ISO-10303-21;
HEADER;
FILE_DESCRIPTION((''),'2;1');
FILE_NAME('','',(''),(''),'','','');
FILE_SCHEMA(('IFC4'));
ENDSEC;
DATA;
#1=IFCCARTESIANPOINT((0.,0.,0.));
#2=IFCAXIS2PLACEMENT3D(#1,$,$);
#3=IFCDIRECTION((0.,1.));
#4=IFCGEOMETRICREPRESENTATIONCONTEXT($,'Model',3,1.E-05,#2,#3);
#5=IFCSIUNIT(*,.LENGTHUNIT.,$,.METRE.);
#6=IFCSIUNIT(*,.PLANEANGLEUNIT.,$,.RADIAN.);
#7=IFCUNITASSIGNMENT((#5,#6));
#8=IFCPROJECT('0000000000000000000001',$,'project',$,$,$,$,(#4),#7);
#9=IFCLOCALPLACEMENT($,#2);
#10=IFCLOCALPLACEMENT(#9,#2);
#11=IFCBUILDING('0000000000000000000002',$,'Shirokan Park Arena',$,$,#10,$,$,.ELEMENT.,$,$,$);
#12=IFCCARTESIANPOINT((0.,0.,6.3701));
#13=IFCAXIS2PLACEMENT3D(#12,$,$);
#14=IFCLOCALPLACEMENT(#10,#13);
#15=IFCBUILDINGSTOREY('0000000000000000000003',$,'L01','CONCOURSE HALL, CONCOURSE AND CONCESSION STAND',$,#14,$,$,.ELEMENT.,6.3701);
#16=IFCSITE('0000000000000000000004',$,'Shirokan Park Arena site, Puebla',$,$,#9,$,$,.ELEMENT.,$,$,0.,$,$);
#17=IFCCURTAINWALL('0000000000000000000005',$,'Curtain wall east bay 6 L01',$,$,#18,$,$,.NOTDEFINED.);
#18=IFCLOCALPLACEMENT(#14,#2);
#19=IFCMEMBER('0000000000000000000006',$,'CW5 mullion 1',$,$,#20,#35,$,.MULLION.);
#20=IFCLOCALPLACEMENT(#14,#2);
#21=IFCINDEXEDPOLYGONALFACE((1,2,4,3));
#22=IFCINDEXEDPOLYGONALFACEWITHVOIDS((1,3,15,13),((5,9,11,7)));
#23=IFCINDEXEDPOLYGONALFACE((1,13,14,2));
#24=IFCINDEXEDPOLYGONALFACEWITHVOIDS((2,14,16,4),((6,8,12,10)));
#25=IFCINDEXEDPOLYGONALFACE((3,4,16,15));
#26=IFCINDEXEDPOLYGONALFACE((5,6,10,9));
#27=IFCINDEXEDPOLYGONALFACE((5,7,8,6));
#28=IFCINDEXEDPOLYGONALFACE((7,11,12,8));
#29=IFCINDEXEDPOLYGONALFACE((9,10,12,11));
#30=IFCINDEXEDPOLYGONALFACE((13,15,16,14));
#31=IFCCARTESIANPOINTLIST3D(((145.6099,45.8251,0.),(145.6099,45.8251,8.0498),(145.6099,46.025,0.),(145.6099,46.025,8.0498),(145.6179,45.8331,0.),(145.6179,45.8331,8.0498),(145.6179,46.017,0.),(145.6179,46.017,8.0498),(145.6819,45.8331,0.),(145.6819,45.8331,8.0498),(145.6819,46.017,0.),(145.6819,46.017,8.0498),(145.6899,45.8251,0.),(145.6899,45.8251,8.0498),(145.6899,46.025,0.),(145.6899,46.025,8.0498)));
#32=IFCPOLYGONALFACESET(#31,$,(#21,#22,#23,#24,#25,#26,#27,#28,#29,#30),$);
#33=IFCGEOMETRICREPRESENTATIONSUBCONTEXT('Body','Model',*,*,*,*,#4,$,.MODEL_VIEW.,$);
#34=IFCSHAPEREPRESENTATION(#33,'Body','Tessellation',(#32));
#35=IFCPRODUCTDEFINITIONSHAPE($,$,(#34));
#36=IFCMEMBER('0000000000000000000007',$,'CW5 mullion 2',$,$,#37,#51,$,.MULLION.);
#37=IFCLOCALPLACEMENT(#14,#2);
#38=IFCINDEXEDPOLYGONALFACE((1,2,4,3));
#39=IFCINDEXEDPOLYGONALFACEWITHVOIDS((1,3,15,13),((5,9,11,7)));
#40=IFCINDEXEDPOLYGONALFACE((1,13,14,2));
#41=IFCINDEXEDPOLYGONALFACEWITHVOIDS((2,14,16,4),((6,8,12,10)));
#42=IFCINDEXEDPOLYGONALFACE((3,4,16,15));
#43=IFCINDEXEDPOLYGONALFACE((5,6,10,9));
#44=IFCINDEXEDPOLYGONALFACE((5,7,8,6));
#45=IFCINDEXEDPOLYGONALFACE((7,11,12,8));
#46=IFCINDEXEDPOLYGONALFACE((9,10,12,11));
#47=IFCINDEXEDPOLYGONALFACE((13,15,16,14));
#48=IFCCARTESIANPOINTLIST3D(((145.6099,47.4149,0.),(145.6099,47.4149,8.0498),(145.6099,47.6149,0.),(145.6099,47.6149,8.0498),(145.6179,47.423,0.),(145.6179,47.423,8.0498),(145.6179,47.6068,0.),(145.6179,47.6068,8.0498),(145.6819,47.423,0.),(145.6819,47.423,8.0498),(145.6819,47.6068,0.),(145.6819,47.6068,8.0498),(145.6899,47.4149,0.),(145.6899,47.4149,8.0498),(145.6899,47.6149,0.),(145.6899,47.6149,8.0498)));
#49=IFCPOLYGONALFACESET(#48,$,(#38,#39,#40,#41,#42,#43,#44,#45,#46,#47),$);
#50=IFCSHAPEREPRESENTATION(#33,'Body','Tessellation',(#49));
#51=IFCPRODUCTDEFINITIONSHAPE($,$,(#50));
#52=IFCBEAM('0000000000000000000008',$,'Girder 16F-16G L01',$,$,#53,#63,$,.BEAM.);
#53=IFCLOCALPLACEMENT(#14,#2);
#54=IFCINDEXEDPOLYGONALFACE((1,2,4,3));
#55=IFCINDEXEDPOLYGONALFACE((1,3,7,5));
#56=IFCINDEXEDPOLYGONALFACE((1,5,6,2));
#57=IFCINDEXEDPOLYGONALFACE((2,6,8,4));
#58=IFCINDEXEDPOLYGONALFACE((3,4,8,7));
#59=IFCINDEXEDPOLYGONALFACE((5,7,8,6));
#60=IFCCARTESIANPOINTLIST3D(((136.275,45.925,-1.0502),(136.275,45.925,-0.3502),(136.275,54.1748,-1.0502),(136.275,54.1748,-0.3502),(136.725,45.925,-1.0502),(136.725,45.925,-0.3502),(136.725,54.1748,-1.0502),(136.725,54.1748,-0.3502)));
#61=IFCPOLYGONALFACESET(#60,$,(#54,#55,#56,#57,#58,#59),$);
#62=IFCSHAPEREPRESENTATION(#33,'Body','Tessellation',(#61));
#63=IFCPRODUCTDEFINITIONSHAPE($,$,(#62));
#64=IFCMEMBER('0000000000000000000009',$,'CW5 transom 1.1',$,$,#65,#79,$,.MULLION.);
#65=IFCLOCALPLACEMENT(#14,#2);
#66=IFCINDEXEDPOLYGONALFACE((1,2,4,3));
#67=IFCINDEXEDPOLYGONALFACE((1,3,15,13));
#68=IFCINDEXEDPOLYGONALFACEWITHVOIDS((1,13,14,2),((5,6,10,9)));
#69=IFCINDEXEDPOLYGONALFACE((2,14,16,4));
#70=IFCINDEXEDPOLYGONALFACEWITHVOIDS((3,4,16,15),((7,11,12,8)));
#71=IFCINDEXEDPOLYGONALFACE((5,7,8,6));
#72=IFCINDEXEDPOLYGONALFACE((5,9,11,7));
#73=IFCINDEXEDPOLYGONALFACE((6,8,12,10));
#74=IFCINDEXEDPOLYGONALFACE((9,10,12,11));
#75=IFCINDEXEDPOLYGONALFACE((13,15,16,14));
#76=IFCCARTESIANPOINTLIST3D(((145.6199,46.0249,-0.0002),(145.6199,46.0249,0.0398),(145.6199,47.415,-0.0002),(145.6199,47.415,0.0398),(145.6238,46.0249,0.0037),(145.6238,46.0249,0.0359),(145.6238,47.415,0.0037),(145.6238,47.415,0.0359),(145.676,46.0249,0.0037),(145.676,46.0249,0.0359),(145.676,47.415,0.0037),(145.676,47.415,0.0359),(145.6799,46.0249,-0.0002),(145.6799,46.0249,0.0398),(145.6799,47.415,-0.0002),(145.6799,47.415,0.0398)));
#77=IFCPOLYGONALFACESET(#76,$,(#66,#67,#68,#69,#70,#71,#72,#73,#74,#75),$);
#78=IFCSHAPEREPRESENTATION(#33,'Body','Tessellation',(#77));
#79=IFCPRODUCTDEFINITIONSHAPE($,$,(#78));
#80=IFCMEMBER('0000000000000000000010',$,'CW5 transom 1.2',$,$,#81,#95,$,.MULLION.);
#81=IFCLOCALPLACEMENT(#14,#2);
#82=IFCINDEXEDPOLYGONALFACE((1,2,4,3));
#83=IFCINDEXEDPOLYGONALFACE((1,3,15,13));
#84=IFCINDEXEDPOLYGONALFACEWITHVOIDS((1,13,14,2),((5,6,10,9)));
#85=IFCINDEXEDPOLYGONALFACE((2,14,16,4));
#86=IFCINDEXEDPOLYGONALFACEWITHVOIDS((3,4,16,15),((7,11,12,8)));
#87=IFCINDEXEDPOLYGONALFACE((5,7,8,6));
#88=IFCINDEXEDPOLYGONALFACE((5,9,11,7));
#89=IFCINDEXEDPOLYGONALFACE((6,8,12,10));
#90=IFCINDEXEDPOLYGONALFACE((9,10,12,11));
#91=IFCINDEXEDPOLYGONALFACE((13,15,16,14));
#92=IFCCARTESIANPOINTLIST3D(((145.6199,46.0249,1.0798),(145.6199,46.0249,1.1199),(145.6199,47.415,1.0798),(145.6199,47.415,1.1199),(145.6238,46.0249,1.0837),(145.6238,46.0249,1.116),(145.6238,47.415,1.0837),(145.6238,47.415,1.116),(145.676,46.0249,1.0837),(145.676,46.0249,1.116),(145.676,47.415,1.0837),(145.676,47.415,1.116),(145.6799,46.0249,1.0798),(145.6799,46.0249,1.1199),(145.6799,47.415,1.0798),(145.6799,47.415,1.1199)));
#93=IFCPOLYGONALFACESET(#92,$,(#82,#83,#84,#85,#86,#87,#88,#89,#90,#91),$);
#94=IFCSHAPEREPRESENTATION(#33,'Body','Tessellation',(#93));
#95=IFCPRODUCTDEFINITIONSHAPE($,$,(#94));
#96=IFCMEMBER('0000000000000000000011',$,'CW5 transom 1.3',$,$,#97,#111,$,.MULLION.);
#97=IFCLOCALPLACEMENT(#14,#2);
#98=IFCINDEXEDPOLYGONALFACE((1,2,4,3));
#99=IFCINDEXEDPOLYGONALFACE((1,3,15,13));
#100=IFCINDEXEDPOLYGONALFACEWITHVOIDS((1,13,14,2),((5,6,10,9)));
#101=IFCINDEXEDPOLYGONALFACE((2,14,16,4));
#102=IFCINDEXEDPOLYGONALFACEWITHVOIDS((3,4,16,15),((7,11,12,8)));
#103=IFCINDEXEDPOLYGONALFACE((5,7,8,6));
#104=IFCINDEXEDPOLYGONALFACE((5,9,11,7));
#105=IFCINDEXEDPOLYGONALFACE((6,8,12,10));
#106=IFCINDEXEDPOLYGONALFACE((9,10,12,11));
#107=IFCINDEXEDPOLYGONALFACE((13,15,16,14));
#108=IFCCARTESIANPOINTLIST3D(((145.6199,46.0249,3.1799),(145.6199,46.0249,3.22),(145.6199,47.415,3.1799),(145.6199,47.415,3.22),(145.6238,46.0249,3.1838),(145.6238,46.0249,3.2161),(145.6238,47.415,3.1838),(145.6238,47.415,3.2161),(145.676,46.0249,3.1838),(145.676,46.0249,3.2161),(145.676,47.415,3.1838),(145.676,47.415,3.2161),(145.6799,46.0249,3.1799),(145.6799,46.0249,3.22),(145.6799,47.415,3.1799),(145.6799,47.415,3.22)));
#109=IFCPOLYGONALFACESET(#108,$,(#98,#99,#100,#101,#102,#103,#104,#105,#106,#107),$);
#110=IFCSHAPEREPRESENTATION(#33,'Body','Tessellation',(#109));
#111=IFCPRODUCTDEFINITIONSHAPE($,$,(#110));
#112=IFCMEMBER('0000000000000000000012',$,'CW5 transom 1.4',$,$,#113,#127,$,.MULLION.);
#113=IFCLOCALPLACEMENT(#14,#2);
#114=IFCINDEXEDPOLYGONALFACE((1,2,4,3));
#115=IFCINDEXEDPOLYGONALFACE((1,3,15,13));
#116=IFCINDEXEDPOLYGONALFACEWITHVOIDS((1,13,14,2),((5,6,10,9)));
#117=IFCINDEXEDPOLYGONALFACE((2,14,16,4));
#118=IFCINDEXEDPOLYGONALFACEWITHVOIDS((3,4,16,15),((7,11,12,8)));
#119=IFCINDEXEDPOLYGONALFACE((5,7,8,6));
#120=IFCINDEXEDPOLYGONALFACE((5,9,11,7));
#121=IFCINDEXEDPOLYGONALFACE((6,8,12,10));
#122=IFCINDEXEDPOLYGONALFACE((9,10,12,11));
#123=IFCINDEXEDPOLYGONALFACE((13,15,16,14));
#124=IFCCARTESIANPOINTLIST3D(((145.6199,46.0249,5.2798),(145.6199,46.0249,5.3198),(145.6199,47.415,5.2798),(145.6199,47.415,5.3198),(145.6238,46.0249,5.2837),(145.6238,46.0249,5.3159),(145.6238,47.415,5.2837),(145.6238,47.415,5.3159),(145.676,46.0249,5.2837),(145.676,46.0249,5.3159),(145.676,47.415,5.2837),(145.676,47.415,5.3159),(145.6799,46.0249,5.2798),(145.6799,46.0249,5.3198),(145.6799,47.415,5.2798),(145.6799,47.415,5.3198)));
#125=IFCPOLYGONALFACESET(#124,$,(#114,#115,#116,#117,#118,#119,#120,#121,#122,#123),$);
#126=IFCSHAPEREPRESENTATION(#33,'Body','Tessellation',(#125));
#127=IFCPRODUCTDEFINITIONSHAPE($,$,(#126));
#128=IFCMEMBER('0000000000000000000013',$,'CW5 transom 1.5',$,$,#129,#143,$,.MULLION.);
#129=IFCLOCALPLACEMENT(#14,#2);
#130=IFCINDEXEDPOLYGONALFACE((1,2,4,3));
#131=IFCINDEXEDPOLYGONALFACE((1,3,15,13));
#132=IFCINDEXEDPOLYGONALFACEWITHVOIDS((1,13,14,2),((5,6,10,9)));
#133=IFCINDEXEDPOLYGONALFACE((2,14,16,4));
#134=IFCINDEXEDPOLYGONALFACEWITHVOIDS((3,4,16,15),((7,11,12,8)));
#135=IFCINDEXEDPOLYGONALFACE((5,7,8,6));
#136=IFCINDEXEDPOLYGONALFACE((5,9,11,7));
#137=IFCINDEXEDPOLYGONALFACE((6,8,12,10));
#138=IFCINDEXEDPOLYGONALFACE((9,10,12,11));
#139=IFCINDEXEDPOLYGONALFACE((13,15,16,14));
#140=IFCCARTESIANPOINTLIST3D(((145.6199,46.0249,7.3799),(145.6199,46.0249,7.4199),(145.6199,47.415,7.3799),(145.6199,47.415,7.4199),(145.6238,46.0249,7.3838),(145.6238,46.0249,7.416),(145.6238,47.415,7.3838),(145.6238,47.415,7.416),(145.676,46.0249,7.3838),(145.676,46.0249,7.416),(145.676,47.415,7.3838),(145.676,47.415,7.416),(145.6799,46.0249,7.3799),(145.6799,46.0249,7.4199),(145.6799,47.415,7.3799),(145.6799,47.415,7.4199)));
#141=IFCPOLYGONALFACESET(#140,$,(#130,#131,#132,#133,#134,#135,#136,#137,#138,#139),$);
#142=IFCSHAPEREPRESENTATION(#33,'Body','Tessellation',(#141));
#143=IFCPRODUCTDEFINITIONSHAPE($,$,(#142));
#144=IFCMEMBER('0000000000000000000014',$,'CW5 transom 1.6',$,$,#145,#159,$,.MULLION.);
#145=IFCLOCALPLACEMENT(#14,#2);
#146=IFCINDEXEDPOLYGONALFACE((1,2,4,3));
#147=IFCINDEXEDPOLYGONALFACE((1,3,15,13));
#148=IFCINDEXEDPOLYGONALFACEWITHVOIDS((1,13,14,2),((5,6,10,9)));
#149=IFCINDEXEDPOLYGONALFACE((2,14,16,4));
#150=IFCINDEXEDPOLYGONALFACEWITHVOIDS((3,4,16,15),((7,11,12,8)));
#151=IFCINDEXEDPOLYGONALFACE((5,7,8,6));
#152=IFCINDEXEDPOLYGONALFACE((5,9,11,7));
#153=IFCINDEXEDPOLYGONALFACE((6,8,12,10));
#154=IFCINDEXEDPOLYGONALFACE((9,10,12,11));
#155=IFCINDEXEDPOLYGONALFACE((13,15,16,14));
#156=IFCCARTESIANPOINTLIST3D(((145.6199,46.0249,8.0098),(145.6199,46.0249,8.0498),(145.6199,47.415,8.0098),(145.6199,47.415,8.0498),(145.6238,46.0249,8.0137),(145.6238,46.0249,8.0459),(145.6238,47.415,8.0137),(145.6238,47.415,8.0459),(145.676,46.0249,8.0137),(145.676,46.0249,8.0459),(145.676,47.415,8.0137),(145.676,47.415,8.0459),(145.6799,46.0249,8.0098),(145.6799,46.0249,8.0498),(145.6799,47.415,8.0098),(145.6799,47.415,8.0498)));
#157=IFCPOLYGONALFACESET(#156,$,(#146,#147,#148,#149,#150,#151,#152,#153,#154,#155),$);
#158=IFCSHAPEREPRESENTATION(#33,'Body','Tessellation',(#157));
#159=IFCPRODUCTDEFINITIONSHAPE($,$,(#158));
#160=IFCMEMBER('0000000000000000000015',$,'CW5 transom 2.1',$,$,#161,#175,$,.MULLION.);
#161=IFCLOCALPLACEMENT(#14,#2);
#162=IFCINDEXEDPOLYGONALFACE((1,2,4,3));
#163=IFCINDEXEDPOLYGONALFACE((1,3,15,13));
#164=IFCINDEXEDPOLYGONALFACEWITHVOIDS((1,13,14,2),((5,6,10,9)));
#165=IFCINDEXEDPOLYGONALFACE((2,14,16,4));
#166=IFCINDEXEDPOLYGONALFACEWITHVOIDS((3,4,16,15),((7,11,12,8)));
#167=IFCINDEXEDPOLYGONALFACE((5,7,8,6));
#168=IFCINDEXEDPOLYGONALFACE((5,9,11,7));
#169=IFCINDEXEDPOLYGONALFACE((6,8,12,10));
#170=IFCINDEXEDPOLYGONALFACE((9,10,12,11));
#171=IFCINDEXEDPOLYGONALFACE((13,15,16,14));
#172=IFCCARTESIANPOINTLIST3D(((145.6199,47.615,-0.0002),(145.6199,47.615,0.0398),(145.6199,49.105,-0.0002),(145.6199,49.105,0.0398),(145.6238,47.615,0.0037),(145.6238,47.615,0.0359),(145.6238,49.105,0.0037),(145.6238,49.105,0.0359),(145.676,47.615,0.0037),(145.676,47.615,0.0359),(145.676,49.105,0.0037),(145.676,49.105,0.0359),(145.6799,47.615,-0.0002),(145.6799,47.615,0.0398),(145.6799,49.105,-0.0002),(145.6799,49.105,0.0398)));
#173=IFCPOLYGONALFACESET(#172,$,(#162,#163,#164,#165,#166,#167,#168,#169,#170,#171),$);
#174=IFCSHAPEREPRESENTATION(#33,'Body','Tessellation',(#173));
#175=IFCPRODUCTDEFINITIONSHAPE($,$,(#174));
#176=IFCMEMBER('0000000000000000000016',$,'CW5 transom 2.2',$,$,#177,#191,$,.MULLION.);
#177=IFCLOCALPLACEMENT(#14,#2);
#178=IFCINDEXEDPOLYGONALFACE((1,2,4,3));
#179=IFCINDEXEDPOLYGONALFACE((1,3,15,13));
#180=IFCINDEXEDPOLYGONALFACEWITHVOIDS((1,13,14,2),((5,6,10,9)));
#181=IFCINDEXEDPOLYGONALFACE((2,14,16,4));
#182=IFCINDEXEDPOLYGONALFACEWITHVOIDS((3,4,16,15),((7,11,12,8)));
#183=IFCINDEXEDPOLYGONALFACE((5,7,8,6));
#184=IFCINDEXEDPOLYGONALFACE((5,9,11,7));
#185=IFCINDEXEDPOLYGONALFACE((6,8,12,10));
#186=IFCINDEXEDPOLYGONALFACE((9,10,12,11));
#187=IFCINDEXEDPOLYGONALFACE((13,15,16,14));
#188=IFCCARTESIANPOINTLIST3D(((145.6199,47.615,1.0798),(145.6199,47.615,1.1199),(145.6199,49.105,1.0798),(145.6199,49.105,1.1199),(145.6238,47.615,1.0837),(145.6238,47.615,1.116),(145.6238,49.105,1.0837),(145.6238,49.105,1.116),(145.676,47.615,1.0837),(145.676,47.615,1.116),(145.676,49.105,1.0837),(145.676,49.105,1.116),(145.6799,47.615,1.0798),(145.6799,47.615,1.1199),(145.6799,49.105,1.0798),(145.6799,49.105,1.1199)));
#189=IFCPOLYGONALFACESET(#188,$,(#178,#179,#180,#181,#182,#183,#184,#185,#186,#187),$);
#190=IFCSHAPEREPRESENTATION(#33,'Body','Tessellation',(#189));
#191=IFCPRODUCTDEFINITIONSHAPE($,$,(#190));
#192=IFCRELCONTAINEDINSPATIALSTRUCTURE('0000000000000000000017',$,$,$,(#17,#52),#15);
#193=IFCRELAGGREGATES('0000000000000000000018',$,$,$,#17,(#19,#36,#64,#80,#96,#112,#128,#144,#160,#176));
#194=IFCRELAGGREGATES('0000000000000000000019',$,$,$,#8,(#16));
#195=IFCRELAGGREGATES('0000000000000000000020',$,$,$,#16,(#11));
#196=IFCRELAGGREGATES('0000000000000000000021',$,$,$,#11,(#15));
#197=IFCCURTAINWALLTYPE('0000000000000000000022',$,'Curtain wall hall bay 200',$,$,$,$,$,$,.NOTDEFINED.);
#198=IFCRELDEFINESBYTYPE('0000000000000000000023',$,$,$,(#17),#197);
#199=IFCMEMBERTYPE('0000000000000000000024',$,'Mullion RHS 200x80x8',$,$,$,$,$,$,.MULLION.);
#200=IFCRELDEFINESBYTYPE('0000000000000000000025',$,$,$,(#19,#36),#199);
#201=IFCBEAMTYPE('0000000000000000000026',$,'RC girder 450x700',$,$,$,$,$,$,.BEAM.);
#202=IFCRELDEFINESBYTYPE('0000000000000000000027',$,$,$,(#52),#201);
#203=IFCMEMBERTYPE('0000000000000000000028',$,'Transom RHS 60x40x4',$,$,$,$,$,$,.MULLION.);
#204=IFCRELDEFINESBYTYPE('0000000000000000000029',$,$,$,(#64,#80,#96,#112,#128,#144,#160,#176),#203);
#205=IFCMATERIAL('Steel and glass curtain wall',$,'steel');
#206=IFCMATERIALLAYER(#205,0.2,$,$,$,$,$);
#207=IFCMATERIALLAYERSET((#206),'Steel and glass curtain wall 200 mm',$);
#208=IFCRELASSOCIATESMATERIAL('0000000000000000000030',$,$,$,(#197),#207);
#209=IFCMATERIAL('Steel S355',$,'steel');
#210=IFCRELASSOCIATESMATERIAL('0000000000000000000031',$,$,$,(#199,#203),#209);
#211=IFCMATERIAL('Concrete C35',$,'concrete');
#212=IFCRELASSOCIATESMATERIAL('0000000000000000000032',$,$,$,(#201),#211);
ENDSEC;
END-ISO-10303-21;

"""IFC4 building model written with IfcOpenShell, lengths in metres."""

from ifc_helpers import new_model, si_unit, direction, frame, origin, origin_2d, place, context, subcontext, project, spatial, rectangle, hollow_rectangle, extrude, material, layer, layer_set, material_profile, profile_set, type_object, element, aggregate, save


model = new_model("IFC4")

# Units and contexts
model_context = context("Model", 3, precision=1e-05, world=origin(), true_north=direction((0.0, 1.0)))
body_context = subcontext(model_context, "Body", "Model", "MODEL_VIEW")
ifc_project = project(units=[si_unit("LENGTHUNIT", "METRE"), si_unit("PLANEANGLEUNIT", "RADIAN")], contexts=[model_context])

# Site, building, storey
site_placement = place(None, origin())
site = spatial("IfcSite", under=ifc_project, at=site_placement, Name="Shirokan Park Arena site, Puebla", CompositionType="ELEMENT", RefElevation=0.0)
building_placement = place(site_placement, origin())
building = spatial("IfcBuilding", under=site, at=building_placement, Name="Shirokan Park Arena", CompositionType="ELEMENT")
storey_placement = place(building_placement, frame((0.0, 0.0, 6.3701)))
storey = spatial("IfcBuildingStorey", under=building, at=storey_placement, Name="L01", Description="CONCOURSE HALL, CONCOURSE AND CONCESSION STAND", CompositionType="ELEMENT", Elevation=6.3701)

# Curtain wall, members
ifc_material_1 = material(Name="Steel and glass curtain wall", Category="steel")
ifc_layer_1 = layer(ifc_material_1, 0.2)
ifc_layer_set_1 = layer_set([ifc_layer_1], Name="Steel and glass curtain wall 200 mm")
curtain_wall_type = type_object("IfcCurtainWallType", Name="Curtain wall hall bay 200", PredefinedType="NOTDEFINED", material=ifc_layer_set_1)
curtain_wall_placement = place(storey_placement, origin())
curtain_wall = element("IfcCurtainWall", 1, at=curtain_wall_placement, inside=storey, type_object=curtain_wall_type, Name="Curtain wall east bay 6 L01", PredefinedType="NOTDEFINED")
ifc_material_2 = material(Name="Steel S355", Category="steel")
ifc_material_profile_1 = material_profile(ifc_material_2, hollow_rectangle(XDim=0.0801, YDim=0.2, WallThickness=0.0081, at=origin_2d()), Name="RHS 200x80x8")
ifc_profile_set_1 = profile_set([ifc_material_profile_1], Name="Steel S355")
member_type_1 = type_object("IfcMemberType", Name="Mullion RHS 200x80x8", PredefinedType="MULLION", material=ifc_profile_set_1)
member_1_placement = place(storey_placement, frame((145.6499, 45.925, 0.0), z_axis=(0.0, 0.0, 1.0), x_axis=(-1.0, 0.0, 0.0)))
member_1 = element("IfcMember", 2, at=member_1_placement, type_object=member_type_1, Name="CW5 mullion 1", PredefinedType="MULLION", context=body_context, shape_type="SweptSolid", body=[
    extrude(hollow_rectangle(XDim=0.0801, YDim=0.2, WallThickness=0.0081, at=origin_2d()), origin(), (0.0, 0.0, 1.0), 8.0498),
])
member_2_placement = place(storey_placement, frame((145.6499, 47.5149, 0.0), z_axis=(0.0, 0.0, 1.0), x_axis=(-1.0, 0.0, 0.0)))
member_2 = element("IfcMember", 3, at=member_2_placement, type_object=member_type_1, Name="CW5 mullion 2", PredefinedType="MULLION", context=body_context, shape_type="SweptSolid", body=[
    extrude(hollow_rectangle(XDim=0.0801, YDim=0.2, WallThickness=0.0081, at=origin_2d()), origin(), (0.0, 0.0, 1.0), 8.0498),
])

# Beam
ifc_material_3 = material(Name="Concrete C35", Category="concrete")
ifc_material_profile_2 = material_profile(ifc_material_3, rectangle(XDim=0.45, YDim=0.7, at=origin_2d()), Name="450x700")
ifc_profile_set_2 = profile_set([ifc_material_profile_2], Name="Concrete C35")
beam_type = type_object("IfcBeamType", Name="RC girder 450x700", PredefinedType="BEAM", material=ifc_profile_set_2)
beam_placement = place(storey_placement, frame((136.5, 45.925, -0.7002), z_axis=(0.0, 1.0, 0.0), x_axis=(-1.0, 0.0, 0.0)))
element("IfcBeam", 4, at=beam_placement, inside=storey, type_object=beam_type, Name="Girder 16F-16G L01", PredefinedType="BEAM", context=body_context, shape_type="SweptSolid", body=[
    extrude(rectangle(XDim=0.45, YDim=0.7, at=origin_2d()), origin(), (0.0, 0.0, 1.0), 8.2498),
])

# Members
ifc_material_profile_3 = material_profile(ifc_material_2, hollow_rectangle(XDim=0.0601, YDim=0.04, WallThickness=0.0039, at=origin_2d()), Name="RHS 60x40x4")
ifc_profile_set_3 = profile_set([ifc_material_profile_3], Name="Steel S355")
member_type_2 = type_object("IfcMemberType", Name="Transom RHS 60x40x4", PredefinedType="MULLION", material=ifc_profile_set_3)
member_3_placement = place(storey_placement, frame((145.6499, 46.0249, 0.0198), z_axis=(0.0, 1.0, 0.0), x_axis=(-1.0, 0.0, 0.0)))
member_3 = element("IfcMember", 5, at=member_3_placement, type_object=member_type_2, Name="CW5 transom 1.1", PredefinedType="MULLION", context=body_context, shape_type="SweptSolid", body=[
    extrude(hollow_rectangle(XDim=0.0601, YDim=0.04, WallThickness=0.0039, at=origin_2d()), origin(), (0.0, 0.0, 1.0), 1.3901),
])
member_4_placement = place(storey_placement, frame((145.6499, 46.0249, 1.0999), z_axis=(0.0, 1.0, 0.0), x_axis=(-1.0, 0.0, 0.0)))
member_4 = element("IfcMember", 6, at=member_4_placement, type_object=member_type_2, Name="CW5 transom 1.2", PredefinedType="MULLION", context=body_context, shape_type="SweptSolid", body=[
    extrude(hollow_rectangle(XDim=0.0601, YDim=0.04, WallThickness=0.0039, at=origin_2d()), origin(), (0.0, 0.0, 1.0), 1.3901),
])
member_5_placement = place(storey_placement, frame((145.6499, 46.0249, 3.2), z_axis=(0.0, 1.0, 0.0), x_axis=(-1.0, 0.0, 0.0)))
member_5 = element("IfcMember", 7, at=member_5_placement, type_object=member_type_2, Name="CW5 transom 1.3", PredefinedType="MULLION", context=body_context, shape_type="SweptSolid", body=[
    extrude(hollow_rectangle(XDim=0.0601, YDim=0.04, WallThickness=0.0039, at=origin_2d()), origin(), (0.0, 0.0, 1.0), 1.3901),
])
member_6_placement = place(storey_placement, frame((145.6499, 46.0249, 5.2998), z_axis=(0.0, 1.0, 0.0), x_axis=(-1.0, 0.0, 0.0)))
member_6 = element("IfcMember", 8, at=member_6_placement, type_object=member_type_2, Name="CW5 transom 1.4", PredefinedType="MULLION", context=body_context, shape_type="SweptSolid", body=[
    extrude(hollow_rectangle(XDim=0.0601, YDim=0.04, WallThickness=0.0039, at=origin_2d()), origin(), (0.0, 0.0, 1.0), 1.3901),
])
member_7_placement = place(storey_placement, frame((145.6499, 46.0249, 7.3999), z_axis=(0.0, 1.0, 0.0), x_axis=(-1.0, 0.0, 0.0)))
member_7 = element("IfcMember", 9, at=member_7_placement, type_object=member_type_2, Name="CW5 transom 1.5", PredefinedType="MULLION", context=body_context, shape_type="SweptSolid", body=[
    extrude(hollow_rectangle(XDim=0.0601, YDim=0.04, WallThickness=0.0039, at=origin_2d()), origin(), (0.0, 0.0, 1.0), 1.3901),
])
member_8_placement = place(storey_placement, frame((145.6499, 46.0249, 8.0298), z_axis=(0.0, 1.0, 0.0), x_axis=(-1.0, 0.0, 0.0)))
member_8 = element("IfcMember", 10, at=member_8_placement, type_object=member_type_2, Name="CW5 transom 1.6", PredefinedType="MULLION", context=body_context, shape_type="SweptSolid", body=[
    extrude(hollow_rectangle(XDim=0.0601, YDim=0.04, WallThickness=0.0039, at=origin_2d()), origin(), (0.0, 0.0, 1.0), 1.3901),
])
member_9_placement = place(storey_placement, frame((145.6499, 47.615, 0.0198), z_axis=(0.0, 1.0, 0.0), x_axis=(-1.0, 0.0, 0.0)))
member_9 = element("IfcMember", 11, at=member_9_placement, type_object=member_type_2, Name="CW5 transom 2.1", PredefinedType="MULLION", context=body_context, shape_type="SweptSolid", body=[
    extrude(hollow_rectangle(XDim=0.0601, YDim=0.04, WallThickness=0.0039, at=origin_2d()), origin(), (0.0, 0.0, 1.0), 1.49),
])
member_10_placement = place(storey_placement, frame((145.6499, 47.615, 1.0999), z_axis=(0.0, 1.0, 0.0), x_axis=(-1.0, 0.0, 0.0)))
member_10 = element("IfcMember", 12, at=member_10_placement, type_object=member_type_2, Name="CW5 transom 2.2", PredefinedType="MULLION", context=body_context, shape_type="SweptSolid", body=[
    extrude(hollow_rectangle(XDim=0.0601, YDim=0.04, WallThickness=0.0039, at=origin_2d()), origin(), (0.0, 0.0, 1.0), 1.49),
])

aggregate(curtain_wall, [member_1, member_2, member_3, member_4, member_5, member_6, member_7, member_8, member_9, member_10])

save(model, "model.ifc")
